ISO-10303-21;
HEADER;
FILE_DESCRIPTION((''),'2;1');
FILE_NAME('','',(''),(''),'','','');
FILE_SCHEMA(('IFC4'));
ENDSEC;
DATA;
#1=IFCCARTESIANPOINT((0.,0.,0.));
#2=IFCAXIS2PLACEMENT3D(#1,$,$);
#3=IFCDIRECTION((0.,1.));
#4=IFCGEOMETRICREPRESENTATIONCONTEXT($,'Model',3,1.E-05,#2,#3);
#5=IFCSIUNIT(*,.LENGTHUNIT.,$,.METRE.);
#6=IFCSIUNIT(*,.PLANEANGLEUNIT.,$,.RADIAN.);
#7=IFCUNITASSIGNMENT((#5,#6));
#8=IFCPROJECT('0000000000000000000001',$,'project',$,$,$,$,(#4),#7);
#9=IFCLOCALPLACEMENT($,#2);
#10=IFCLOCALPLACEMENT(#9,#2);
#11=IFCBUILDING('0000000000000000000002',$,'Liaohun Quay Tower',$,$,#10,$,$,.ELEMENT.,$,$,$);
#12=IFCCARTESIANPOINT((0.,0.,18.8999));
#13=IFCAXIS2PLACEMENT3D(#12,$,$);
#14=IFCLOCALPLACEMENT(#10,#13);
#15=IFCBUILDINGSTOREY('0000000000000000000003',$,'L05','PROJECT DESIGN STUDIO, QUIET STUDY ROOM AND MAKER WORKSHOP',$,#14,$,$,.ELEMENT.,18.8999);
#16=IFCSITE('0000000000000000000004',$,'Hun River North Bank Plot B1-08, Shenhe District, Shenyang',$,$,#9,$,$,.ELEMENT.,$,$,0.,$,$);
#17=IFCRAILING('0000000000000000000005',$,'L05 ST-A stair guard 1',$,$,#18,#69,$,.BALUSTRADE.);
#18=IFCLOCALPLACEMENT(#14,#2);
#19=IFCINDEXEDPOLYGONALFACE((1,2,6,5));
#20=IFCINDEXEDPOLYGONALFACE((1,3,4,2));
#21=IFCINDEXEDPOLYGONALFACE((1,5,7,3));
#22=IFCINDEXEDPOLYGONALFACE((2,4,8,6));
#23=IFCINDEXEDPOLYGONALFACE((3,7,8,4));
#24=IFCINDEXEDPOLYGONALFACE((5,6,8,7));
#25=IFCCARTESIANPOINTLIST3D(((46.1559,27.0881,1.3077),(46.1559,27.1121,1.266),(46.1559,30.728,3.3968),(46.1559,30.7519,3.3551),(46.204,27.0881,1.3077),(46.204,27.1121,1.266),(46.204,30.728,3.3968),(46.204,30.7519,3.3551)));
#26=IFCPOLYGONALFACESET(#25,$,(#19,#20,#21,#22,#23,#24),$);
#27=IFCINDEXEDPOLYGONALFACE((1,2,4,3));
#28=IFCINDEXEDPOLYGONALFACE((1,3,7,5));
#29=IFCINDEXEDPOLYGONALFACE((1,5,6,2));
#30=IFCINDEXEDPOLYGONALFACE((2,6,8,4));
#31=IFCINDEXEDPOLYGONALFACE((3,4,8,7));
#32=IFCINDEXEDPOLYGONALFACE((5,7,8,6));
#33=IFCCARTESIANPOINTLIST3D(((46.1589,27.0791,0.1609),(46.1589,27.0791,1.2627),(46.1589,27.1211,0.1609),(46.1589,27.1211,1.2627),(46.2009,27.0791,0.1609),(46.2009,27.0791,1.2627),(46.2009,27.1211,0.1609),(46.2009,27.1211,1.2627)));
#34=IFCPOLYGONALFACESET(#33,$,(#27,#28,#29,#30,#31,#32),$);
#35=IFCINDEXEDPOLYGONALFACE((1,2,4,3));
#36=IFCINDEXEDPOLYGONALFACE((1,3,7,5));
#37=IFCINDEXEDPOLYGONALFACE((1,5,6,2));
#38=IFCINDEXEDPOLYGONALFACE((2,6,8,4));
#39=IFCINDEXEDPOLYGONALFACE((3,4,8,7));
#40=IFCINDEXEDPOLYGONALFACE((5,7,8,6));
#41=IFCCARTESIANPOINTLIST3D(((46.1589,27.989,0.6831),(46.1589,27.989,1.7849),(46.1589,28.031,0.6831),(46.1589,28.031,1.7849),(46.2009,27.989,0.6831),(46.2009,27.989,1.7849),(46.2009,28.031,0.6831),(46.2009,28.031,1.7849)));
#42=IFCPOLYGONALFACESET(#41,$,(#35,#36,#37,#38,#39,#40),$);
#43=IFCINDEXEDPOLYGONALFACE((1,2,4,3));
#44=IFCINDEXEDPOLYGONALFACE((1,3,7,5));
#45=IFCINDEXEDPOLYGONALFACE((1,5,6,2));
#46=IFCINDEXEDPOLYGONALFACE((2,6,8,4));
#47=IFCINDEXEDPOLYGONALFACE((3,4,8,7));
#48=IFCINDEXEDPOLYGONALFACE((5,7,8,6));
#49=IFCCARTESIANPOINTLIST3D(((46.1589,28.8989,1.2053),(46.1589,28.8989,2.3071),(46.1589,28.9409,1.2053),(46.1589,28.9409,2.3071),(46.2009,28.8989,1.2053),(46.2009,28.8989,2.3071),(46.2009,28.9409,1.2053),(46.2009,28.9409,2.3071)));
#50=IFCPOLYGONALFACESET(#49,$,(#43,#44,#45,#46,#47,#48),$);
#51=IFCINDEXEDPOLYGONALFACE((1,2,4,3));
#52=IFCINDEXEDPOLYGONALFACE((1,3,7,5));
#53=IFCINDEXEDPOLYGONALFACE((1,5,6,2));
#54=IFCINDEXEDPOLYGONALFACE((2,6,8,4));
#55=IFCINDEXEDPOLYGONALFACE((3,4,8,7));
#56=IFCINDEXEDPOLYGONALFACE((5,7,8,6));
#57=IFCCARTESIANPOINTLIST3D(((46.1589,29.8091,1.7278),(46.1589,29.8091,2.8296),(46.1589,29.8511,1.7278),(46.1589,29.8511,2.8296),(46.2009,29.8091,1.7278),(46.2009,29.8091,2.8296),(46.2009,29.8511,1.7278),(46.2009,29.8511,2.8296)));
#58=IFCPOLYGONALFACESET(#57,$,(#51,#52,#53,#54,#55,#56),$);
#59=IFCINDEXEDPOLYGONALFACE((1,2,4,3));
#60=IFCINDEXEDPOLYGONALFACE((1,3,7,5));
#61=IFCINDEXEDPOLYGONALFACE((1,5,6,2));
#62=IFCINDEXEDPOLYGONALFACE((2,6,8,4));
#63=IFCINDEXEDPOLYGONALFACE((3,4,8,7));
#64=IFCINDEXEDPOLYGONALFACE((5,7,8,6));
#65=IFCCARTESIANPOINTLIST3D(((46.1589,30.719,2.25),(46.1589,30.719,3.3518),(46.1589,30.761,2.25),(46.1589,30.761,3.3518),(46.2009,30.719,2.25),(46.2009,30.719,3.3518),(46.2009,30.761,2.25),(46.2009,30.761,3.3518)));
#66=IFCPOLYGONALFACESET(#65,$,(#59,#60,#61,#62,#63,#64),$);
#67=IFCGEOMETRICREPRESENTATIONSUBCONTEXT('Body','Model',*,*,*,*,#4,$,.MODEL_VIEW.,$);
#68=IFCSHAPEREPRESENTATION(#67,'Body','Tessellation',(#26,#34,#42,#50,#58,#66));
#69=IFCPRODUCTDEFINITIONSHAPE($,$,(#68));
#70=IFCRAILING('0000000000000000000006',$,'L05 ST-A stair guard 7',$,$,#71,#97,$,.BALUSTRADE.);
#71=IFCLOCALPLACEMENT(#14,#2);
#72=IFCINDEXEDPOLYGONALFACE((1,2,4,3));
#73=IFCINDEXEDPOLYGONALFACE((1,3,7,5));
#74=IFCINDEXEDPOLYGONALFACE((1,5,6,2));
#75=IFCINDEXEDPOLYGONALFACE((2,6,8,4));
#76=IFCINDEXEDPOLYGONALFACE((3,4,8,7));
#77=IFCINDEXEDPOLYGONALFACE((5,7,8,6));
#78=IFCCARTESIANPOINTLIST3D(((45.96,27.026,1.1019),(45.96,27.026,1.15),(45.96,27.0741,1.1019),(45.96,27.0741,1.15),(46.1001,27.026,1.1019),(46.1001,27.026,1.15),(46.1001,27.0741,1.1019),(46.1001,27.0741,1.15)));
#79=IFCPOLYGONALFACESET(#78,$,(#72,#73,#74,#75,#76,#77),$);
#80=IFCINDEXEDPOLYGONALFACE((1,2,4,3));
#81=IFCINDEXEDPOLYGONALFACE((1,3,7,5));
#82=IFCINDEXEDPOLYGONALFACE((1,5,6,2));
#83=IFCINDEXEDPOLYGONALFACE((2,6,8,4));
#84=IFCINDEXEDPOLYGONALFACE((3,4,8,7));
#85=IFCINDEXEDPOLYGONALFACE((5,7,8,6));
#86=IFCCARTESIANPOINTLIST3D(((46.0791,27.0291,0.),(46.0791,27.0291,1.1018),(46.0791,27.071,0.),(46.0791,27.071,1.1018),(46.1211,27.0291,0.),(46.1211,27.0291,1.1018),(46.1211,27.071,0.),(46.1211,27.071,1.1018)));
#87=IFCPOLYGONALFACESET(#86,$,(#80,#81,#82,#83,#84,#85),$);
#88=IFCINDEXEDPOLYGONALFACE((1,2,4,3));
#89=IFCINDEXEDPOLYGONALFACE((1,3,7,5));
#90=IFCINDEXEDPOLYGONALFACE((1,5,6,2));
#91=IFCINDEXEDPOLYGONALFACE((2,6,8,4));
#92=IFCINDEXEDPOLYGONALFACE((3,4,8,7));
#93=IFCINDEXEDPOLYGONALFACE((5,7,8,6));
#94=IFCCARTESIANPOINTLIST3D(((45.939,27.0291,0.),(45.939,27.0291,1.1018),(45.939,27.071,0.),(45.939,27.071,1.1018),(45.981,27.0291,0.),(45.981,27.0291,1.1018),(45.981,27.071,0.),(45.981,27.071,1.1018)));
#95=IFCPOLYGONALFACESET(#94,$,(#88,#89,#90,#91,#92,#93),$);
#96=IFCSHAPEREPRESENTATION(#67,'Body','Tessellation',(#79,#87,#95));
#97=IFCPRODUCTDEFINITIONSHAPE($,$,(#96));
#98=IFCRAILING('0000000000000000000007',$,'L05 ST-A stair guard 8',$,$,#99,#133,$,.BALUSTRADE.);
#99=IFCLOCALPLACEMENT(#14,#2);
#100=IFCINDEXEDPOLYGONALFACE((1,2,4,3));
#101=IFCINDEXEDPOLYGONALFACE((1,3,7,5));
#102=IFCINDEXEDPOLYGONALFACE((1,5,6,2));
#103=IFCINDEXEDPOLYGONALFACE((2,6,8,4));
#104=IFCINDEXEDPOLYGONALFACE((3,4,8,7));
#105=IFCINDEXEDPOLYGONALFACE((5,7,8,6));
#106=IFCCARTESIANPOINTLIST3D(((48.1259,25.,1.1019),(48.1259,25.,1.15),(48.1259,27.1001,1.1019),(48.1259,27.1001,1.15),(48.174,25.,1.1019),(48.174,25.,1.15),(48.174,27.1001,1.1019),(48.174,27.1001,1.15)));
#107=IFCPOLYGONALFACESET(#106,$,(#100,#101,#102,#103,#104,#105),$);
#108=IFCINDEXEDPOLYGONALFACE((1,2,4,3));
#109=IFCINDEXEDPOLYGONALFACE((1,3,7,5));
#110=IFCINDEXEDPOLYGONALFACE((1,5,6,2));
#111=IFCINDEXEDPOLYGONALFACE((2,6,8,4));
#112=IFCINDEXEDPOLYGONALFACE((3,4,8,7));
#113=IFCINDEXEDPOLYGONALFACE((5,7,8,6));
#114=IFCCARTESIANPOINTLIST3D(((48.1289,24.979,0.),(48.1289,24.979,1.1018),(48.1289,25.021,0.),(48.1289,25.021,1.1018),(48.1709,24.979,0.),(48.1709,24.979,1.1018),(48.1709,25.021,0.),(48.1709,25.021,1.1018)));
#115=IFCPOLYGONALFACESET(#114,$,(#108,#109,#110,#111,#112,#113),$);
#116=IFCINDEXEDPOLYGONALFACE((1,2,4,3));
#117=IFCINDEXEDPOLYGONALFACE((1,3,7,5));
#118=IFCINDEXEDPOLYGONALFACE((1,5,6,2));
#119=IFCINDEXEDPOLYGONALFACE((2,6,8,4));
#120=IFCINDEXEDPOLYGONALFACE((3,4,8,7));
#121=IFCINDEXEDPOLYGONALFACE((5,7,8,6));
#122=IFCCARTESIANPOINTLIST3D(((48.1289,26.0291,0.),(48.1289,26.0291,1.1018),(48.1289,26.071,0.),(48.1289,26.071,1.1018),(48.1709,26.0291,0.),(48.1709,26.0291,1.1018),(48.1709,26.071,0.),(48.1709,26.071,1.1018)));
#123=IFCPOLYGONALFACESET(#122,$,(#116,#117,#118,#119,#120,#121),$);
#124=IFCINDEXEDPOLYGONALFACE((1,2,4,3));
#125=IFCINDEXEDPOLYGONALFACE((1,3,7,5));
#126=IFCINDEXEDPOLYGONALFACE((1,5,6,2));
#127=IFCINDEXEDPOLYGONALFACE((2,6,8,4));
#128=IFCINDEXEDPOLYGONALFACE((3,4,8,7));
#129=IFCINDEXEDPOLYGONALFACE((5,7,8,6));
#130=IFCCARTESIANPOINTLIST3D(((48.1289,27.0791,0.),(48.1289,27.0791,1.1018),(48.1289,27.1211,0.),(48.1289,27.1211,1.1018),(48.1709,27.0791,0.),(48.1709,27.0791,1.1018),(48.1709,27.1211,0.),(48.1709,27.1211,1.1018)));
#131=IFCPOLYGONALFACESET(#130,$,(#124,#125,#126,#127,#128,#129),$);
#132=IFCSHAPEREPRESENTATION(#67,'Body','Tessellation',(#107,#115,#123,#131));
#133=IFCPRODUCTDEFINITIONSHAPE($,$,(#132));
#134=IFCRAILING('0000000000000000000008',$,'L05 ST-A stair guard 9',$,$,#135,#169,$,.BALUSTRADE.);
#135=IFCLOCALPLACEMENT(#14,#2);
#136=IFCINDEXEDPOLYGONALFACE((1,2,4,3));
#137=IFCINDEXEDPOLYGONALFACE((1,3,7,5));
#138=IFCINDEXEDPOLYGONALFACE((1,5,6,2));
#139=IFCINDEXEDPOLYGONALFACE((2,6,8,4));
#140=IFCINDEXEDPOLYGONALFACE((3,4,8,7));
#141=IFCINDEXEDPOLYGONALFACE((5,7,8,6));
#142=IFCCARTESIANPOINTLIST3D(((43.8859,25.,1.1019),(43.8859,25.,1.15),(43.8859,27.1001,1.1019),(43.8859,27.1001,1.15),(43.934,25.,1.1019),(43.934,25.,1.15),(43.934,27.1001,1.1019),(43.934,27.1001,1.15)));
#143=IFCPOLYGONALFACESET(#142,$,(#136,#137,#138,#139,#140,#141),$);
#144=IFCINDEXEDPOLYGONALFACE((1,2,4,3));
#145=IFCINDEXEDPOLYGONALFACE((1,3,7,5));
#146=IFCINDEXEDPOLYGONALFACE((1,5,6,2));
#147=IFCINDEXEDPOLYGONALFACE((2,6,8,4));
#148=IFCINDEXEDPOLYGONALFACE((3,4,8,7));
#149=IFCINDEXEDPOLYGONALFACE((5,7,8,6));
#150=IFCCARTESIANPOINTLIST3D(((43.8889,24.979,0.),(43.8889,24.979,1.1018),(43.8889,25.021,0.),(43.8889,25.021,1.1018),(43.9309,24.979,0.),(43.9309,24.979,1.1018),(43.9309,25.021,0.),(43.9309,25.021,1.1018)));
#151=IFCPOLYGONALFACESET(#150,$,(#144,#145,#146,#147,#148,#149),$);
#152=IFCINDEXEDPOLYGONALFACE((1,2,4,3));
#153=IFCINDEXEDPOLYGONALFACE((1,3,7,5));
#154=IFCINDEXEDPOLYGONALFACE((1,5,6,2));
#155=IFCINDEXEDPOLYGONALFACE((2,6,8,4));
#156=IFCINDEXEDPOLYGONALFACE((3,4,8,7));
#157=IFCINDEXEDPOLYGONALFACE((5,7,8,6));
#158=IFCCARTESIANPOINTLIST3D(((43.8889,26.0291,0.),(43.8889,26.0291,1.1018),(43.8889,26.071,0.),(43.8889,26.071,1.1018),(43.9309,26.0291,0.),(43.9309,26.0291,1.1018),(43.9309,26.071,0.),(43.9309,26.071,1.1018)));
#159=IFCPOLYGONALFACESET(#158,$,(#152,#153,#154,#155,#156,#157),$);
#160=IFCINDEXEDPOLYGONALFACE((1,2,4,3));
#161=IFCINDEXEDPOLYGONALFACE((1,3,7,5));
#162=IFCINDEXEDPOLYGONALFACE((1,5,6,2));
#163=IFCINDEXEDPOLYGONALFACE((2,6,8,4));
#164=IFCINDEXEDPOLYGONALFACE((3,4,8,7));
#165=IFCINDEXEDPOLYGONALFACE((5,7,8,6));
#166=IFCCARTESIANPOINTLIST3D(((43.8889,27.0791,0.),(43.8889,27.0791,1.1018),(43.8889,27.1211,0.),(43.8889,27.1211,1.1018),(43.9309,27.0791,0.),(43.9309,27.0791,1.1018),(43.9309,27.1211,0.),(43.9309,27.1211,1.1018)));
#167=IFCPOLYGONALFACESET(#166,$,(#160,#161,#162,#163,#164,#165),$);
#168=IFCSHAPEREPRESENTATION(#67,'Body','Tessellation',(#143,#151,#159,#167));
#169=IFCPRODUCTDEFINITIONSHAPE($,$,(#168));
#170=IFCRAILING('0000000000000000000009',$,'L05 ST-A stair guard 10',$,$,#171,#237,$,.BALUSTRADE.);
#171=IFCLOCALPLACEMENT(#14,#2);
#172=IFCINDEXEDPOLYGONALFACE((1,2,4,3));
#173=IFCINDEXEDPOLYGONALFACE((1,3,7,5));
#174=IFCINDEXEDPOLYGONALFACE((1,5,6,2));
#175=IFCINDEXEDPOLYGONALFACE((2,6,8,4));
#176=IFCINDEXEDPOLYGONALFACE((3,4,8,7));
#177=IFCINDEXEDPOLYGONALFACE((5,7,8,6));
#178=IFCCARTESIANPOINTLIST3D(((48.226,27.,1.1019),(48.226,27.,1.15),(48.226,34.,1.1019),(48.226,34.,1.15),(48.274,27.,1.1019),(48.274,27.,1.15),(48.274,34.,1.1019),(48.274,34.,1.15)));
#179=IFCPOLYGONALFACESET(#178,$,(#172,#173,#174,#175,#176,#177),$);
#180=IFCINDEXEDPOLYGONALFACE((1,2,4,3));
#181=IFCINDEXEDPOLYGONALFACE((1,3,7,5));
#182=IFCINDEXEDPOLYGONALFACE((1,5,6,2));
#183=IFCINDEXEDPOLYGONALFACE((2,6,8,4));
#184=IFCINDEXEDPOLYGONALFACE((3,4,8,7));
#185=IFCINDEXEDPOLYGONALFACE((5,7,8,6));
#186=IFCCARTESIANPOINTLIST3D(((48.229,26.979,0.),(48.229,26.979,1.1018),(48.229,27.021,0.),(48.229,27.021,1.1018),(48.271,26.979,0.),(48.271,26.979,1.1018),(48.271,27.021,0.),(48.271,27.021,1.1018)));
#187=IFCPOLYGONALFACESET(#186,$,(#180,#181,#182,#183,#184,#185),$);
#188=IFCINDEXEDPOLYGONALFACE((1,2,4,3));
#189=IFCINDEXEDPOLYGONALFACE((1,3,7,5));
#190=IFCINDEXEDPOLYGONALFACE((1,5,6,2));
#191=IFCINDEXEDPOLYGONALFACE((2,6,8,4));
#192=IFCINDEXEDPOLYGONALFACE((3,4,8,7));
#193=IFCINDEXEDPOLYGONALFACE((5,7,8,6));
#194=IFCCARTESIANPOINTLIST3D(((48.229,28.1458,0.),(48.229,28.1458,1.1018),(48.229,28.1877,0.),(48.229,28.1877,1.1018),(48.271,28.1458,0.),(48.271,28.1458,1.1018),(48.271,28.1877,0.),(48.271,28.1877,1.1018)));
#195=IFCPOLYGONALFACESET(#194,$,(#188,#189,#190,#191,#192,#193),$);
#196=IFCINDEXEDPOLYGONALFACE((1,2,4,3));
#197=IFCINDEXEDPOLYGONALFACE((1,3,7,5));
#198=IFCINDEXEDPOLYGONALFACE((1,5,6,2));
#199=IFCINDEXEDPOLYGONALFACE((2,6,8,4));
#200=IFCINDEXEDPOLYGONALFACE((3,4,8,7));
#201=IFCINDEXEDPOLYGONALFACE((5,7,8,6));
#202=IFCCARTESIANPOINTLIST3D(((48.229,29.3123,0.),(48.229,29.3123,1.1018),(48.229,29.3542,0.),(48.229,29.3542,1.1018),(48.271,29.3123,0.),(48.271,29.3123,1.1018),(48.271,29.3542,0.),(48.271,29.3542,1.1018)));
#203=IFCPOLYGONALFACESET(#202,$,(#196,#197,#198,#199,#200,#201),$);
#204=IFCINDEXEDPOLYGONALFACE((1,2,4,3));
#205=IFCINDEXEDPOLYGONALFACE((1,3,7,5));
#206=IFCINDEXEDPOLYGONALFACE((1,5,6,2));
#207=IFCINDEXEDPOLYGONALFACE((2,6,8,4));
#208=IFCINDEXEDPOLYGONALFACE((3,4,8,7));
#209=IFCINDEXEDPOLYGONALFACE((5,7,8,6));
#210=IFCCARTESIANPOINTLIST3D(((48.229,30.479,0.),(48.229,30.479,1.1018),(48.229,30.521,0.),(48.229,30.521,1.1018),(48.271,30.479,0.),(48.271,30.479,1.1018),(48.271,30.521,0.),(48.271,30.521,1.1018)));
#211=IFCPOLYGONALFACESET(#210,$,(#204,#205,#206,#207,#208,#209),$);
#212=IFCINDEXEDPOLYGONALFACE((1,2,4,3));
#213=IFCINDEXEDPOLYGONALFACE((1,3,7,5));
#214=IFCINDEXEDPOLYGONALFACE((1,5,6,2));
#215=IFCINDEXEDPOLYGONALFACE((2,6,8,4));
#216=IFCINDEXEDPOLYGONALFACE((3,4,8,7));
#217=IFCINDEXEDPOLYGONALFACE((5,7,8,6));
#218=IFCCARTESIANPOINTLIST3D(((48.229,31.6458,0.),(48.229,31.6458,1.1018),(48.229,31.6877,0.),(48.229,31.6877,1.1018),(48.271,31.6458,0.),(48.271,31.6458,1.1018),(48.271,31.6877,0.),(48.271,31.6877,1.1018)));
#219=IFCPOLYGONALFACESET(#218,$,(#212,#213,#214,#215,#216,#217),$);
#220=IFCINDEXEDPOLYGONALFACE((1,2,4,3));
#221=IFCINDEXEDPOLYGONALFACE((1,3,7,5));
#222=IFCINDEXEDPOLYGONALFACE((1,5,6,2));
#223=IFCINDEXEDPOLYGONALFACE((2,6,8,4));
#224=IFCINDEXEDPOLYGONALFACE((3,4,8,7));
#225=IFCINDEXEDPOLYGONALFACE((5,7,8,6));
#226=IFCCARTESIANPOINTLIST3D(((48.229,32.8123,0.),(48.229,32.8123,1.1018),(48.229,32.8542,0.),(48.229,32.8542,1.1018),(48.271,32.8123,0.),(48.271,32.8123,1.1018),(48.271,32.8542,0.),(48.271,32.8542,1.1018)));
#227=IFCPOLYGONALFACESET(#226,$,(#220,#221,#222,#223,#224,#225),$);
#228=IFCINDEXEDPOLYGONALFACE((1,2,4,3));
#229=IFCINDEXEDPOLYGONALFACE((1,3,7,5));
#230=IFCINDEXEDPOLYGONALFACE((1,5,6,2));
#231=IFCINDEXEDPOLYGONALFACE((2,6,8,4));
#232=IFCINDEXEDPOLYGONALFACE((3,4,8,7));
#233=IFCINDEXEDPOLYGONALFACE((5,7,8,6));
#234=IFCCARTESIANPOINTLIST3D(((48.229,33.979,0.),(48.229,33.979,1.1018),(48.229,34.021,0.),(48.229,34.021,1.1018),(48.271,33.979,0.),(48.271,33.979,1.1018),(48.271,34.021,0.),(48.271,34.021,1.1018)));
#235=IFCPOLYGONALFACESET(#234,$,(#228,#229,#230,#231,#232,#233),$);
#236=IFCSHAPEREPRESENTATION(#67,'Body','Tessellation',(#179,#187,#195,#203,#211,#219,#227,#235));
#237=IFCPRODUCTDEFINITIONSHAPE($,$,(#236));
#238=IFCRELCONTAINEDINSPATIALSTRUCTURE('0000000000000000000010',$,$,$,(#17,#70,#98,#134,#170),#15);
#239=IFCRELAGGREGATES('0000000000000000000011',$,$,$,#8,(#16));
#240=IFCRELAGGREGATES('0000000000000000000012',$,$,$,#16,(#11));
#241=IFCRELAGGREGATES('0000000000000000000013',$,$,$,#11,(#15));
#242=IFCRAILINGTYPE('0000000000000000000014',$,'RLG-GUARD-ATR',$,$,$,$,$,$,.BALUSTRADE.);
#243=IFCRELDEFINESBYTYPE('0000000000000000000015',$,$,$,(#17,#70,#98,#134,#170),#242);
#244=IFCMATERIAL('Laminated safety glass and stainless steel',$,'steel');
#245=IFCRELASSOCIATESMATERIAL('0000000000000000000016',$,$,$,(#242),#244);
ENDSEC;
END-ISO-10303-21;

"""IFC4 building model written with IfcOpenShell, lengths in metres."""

from ifc_helpers import new_model, si_unit, direction, frame, origin, origin_2d, place, context, subcontext, project, spatial, rectangle, extrude, material, type_object, element, save


model = new_model("IFC4")

# Units and contexts
model_context = context("Model", 3, precision=1e-05, world=origin(), true_north=direction((0.0, 1.0)))
body_context = subcontext(model_context, "Body", "Model", "MODEL_VIEW")
ifc_project = project(units=[si_unit("LENGTHUNIT", "METRE"), si_unit("PLANEANGLEUNIT", "RADIAN")], contexts=[model_context])

# Site, building, storey
site_placement = place(None, origin())
site = spatial("IfcSite", under=ifc_project, at=site_placement, Name="Hun River North Bank Plot B1-08, Shenhe District, Shenyang", CompositionType="ELEMENT", RefElevation=0.0)
building_placement = place(site_placement, origin())
building = spatial("IfcBuilding", under=site, at=building_placement, Name="Liaohun Quay Tower", CompositionType="ELEMENT")
storey_placement = place(building_placement, frame((0.0, 0.0, 18.8999)))
storey = spatial("IfcBuildingStorey", under=building, at=storey_placement, Name="L05", Description="PROJECT DESIGN STUDIO, QUIET STUDY ROOM AND MAKER WORKSHOP", CompositionType="ELEMENT", Elevation=18.8999)

# Railings
ifc_material_1 = material(Name="Laminated safety glass and stainless steel", Category="steel")
railing_type_1 = type_object("IfcRailingType", Name="RLG-GUARD-ATR", PredefinedType="BALUSTRADE", material=ifc_material_1)
railing_1_placement = place(storey_placement, frame((46.1799, 27.1001, 0.1609)))
element("IfcRailing", 1, at=railing_1_placement, inside=storey, type_object=railing_type_1, Name="L05 ST-A stair guard 1", PredefinedType="BALUSTRADE", context=body_context, shape_type="SweptSolid", body=[
    extrude(rectangle(XDim=0.0481, YDim=0.0481, at=origin_2d()), frame((0.0, 0.0, 1.126), z_axis=(0.0, 0.8673, 0.497786), x_axis=(-1.0, 0.0, 0.0)), (0.0, 0.0, 1.0), 4.1968),
    extrude(rectangle(XDim=0.042, YDim=0.042, at=origin_2d()), origin(), (0.0, 0.0, 1.0), 1.1018),
    extrude(rectangle(XDim=0.042, YDim=0.042, at=origin_2d()), frame((0.0, 0.9099, 0.5222)), (0.0, 0.0, 1.0), 1.1018),
    extrude(rectangle(XDim=0.042, YDim=0.042, at=origin_2d()), frame((0.0, 1.8198, 1.0444)), (0.0, 0.0, 1.0), 1.1018),
    extrude(rectangle(XDim=0.042, YDim=0.042, at=origin_2d()), frame((0.0, 2.73, 1.5669)), (0.0, 0.0, 1.0), 1.1018),
    extrude(rectangle(XDim=0.042, YDim=0.042, at=origin_2d()), frame((0.0, 3.6399, 2.0891)), (0.0, 0.0, 1.0), 1.1018),
])
railing_2_placement = place(storey_placement, frame((46.1001, 27.05, 0.0)))
element("IfcRailing", 2, at=railing_2_placement, inside=storey, type_object=railing_type_1, Name="L05 ST-A stair guard 7", PredefinedType="BALUSTRADE", context=body_context, shape_type="SweptSolid", body=[
    extrude(rectangle(XDim=0.0481, YDim=0.0481, at=origin_2d()), frame((0.0, 0.0, 1.126), z_axis=(-1.0, 0.0, 0.0), x_axis=(0.0, -1.0, 0.0)), (0.0, 0.0, 1.0), 0.1401),
    extrude(rectangle(XDim=0.042, YDim=0.042, at=origin_2d()), origin(), (0.0, 0.0, 1.0), 1.1018),
    extrude(rectangle(XDim=0.042, YDim=0.042, at=origin_2d()), frame((-0.1401, 0.0, 0.0)), (0.0, 0.0, 1.0), 1.1018),
])
for number, where, name in (
    (3, (48.1499, 25.0, 0.0), "L05 ST-A stair guard 8"),
    (4, (43.9099, 25.0, 0.0), "L05 ST-A stair guard 9"),
):
    element("IfcRailing", number, at=place(storey_placement, frame(where)), inside=storey, type_object=railing_type_1, Name=name, PredefinedType="BALUSTRADE", context=body_context, shape_type="SweptSolid", body=[
        extrude(rectangle(XDim=0.0481, YDim=0.0481, at=origin_2d()), frame((0.0, 0.0, 1.126), z_axis=(0.0, 1.0, 0.0), x_axis=(-1.0, 0.0, 0.0)), (0.0, 0.0, 1.0), 2.1001),
        extrude(rectangle(XDim=0.042, YDim=0.042, at=origin_2d()), origin(), (0.0, 0.0, 1.0), 1.1018),
        extrude(rectangle(XDim=0.042, YDim=0.042, at=origin_2d()), frame((0.0, 1.05, 0.0)), (0.0, 0.0, 1.0), 1.1018),
        extrude(rectangle(XDim=0.042, YDim=0.042, at=origin_2d()), frame((0.0, 2.1001, 0.0)), (0.0, 0.0, 1.0), 1.1018),
    ])
for number, where, name in (
    (5, (48.25, 27.0, 0.0), "L05 ST-A stair guard 10"),
):
    element("IfcRailing", number, at=place(storey_placement, frame(where)), inside=storey, type_object=railing_type_1, Name=name, PredefinedType="BALUSTRADE", context=body_context, shape_type="SweptSolid", body=[
        extrude(rectangle(XDim=0.0481, YDim=0.0481, at=origin_2d()), frame((0.0, 0.0, 1.126), z_axis=(0.0, 1.0, 0.0), x_axis=(-1.0, 0.0, 0.0)), (0.0, 0.0, 1.0), 7.0),
        extrude(rectangle(XDim=0.042, YDim=0.042, at=origin_2d()), origin(), (0.0, 0.0, 1.0), 1.1018),
        extrude(rectangle(XDim=0.042, YDim=0.042, at=origin_2d()), frame((0.0, 1.1667, 0.0)), (0.0, 0.0, 1.0), 1.1018),
        extrude(rectangle(XDim=0.042, YDim=0.042, at=origin_2d()), frame((0.0, 2.3333, 0.0)), (0.0, 0.0, 1.0), 1.1018),
        extrude(rectangle(XDim=0.042, YDim=0.042, at=origin_2d()), frame((0.0, 3.5, 0.0)), (0.0, 0.0, 1.0), 1.1018),
        extrude(rectangle(XDim=0.042, YDim=0.042, at=origin_2d()), frame((0.0, 4.6667, 0.0)), (0.0, 0.0, 1.0), 1.1018),
        extrude(rectangle(XDim=0.042, YDim=0.042, at=origin_2d()), frame((0.0, 5.8333, 0.0)), (0.0, 0.0, 1.0), 1.1018),
        extrude(rectangle(XDim=0.042, YDim=0.042, at=origin_2d()), frame((0.0, 7.0, 0.0)), (0.0, 0.0, 1.0), 1.1018),
    ])

save(model, "model.ifc")
